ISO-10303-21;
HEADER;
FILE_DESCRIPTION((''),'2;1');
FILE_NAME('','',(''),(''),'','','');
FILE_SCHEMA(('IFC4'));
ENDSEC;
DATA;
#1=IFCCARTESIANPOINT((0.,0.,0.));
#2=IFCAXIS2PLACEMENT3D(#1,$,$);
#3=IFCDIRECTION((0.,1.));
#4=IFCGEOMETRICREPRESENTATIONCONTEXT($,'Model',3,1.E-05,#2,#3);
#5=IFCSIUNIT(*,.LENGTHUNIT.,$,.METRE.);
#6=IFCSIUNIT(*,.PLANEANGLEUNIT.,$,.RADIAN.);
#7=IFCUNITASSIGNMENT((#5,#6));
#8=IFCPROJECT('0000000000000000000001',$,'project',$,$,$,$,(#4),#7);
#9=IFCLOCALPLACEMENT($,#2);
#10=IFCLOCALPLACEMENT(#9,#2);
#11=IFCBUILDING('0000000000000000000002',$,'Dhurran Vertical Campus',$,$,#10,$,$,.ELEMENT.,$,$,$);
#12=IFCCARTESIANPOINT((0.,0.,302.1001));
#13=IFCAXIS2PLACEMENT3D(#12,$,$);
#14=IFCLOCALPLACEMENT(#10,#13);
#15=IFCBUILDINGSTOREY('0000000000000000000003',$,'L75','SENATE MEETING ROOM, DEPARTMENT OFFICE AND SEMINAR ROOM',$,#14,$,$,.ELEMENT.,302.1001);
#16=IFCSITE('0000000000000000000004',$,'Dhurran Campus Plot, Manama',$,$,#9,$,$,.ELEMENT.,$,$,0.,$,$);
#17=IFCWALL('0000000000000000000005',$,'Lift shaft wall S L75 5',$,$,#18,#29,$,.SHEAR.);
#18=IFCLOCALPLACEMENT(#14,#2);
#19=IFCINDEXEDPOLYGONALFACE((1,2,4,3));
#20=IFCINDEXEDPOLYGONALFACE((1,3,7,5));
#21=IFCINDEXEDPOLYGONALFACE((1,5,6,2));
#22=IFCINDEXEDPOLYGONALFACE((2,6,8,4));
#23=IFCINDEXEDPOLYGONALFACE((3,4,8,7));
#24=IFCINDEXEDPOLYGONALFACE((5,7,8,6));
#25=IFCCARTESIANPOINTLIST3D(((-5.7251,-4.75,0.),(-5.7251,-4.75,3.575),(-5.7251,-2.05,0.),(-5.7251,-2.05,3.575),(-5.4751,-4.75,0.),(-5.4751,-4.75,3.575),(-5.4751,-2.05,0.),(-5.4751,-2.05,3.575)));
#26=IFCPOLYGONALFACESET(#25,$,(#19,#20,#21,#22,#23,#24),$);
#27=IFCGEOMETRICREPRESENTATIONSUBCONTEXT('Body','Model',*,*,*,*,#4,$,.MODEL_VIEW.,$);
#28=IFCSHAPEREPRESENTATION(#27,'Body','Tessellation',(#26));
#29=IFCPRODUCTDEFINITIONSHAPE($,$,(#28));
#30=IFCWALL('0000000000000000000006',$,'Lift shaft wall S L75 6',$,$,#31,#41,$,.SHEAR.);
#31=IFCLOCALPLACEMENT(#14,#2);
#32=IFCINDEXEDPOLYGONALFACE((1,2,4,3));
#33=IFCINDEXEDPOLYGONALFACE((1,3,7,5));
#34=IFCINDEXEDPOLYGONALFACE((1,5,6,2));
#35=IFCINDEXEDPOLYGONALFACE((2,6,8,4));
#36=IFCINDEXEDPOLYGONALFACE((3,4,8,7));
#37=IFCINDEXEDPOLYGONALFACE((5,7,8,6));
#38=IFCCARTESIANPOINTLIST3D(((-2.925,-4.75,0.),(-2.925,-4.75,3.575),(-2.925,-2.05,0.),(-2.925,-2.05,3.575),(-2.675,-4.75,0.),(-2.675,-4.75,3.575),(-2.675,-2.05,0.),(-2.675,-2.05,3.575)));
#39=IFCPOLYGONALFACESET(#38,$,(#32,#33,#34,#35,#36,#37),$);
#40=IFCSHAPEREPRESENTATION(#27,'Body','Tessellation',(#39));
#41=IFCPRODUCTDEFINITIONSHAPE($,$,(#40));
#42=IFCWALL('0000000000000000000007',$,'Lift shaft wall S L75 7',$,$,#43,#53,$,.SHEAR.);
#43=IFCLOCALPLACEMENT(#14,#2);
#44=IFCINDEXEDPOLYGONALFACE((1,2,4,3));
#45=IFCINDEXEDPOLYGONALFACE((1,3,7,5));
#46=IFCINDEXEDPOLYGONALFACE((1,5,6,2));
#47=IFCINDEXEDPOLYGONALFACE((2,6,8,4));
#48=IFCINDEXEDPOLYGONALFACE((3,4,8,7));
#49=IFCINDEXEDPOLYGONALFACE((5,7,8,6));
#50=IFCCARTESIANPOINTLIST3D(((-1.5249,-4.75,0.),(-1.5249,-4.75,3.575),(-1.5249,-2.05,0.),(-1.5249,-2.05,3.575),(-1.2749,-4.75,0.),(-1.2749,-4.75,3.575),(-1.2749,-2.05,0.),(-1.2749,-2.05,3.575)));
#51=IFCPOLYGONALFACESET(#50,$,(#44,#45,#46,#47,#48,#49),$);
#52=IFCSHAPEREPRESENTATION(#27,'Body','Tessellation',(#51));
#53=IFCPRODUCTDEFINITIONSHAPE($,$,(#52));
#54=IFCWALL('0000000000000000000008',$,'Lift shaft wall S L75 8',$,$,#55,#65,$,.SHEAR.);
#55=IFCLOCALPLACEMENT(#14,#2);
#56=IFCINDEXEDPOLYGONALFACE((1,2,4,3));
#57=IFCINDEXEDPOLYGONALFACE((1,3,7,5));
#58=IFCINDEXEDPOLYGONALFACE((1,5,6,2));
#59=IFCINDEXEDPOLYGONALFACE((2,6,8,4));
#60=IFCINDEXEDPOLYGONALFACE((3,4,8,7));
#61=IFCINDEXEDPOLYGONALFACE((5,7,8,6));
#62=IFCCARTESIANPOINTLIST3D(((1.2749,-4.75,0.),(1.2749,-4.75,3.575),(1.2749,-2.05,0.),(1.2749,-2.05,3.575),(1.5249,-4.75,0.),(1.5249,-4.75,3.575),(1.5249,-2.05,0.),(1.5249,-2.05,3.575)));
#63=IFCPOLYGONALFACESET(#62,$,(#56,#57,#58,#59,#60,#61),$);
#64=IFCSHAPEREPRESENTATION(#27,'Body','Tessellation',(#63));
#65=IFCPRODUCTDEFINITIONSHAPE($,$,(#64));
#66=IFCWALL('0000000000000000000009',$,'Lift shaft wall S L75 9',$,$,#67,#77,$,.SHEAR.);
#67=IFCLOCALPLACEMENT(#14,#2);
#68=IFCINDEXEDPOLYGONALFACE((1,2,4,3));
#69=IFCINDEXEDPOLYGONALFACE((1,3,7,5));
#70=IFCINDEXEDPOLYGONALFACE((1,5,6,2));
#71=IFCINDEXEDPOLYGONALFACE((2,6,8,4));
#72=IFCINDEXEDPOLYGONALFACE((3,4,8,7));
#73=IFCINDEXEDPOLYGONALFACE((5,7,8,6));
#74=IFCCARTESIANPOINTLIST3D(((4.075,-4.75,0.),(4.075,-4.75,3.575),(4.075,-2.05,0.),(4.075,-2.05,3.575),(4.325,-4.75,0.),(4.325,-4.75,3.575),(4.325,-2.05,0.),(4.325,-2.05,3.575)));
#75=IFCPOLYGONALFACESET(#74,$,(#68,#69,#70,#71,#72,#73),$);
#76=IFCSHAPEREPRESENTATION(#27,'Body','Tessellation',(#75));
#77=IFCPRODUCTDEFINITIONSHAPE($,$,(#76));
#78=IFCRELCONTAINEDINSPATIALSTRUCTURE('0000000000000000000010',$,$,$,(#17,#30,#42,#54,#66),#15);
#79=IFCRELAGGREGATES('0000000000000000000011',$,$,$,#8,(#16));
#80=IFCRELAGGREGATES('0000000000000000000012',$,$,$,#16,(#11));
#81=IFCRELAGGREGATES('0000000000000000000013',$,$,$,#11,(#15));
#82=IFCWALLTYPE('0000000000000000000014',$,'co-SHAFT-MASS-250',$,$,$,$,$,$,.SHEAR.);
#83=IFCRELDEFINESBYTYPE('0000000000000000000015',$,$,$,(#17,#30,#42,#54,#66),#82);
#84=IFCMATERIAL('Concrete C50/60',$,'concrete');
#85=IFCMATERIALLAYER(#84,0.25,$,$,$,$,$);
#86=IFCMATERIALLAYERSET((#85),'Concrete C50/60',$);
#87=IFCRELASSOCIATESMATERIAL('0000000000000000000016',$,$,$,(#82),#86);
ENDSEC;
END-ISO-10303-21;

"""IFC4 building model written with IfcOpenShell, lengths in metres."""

from ifc_helpers import new_model, si_unit, direction, frame, origin, place, context, subcontext, project, spatial, polyline, outline, extrude, material, layer, layer_set, type_object, element, save


model = new_model("IFC4")

# Units and contexts
model_context = context("Model", 3, precision=1e-05, world=origin(), true_north=direction((0.0, 1.0)))
body_context = subcontext(model_context, "Body", "Model", "MODEL_VIEW")
ifc_project = project(units=[si_unit("LENGTHUNIT", "METRE"), si_unit("PLANEANGLEUNIT", "RADIAN")], contexts=[model_context])

# Site, building, storey
site_placement = place(None, origin())
site = spatial("IfcSite", under=ifc_project, at=site_placement, Name="Dhurran Campus Plot, Manama", CompositionType="ELEMENT", RefElevation=0.0)
building_placement = place(site_placement, origin())
building = spatial("IfcBuilding", under=site, at=building_placement, Name="Dhurran Vertical Campus", CompositionType="ELEMENT")
storey_placement = place(building_placement, frame((0.0, 0.0, 302.1001)))
storey = spatial("IfcBuildingStorey", under=building, at=storey_placement, Name="L75", Description="SENATE MEETING ROOM, DEPARTMENT OFFICE AND SEMINAR ROOM", CompositionType="ELEMENT", Elevation=302.1001)

# Walls
ifc_material_1 = material(Name="Concrete C50/60", Category="concrete")
ifc_layer_1 = layer(ifc_material_1, 0.25)
ifc_layer_set_1 = layer_set([ifc_layer_1], Name="Concrete C50/60")
wall_type_1 = type_object("IfcWallType", Name="co-SHAFT-MASS-250", PredefinedType="SHEAR", material=ifc_layer_set_1)
wall_1_placement = place(storey_placement, origin())
element("IfcWall", 1, at=wall_1_placement, inside=storey, type_object=wall_type_1, Name="Lift shaft wall S L75 5", PredefinedType="SHEAR", context=body_context, shape_type="SweptSolid", body=[
    extrude(outline(polyline([(-5.7251, -4.75), (-5.4751, -4.75), (-5.4751, -2.05), (-5.7251, -2.05), (-5.7251, -4.75)])), origin(), (0.0, 0.0, 1.0), 3.575),
])
wall_2_placement = place(storey_placement, origin())
element("IfcWall", 2, at=wall_2_placement, inside=storey, type_object=wall_type_1, Name="Lift shaft wall S L75 6", PredefinedType="SHEAR", context=body_context, shape_type="SweptSolid", body=[
    extrude(outline(polyline([(-2.925, -4.75), (-2.675, -4.75), (-2.675, -2.05), (-2.925, -2.05), (-2.925, -4.75)])), origin(), (0.0, 0.0, 1.0), 3.575),
])
wall_3_placement = place(storey_placement, origin())
element("IfcWall", 3, at=wall_3_placement, inside=storey, type_object=wall_type_1, Name="Lift shaft wall S L75 7", PredefinedType="SHEAR", context=body_context, shape_type="SweptSolid", body=[
    extrude(outline(polyline([(-1.5249, -4.75), (-1.2749, -4.75), (-1.2749, -2.05), (-1.5249, -2.05), (-1.5249, -4.75)])), origin(), (0.0, 0.0, 1.0), 3.575),
])
wall_4_placement = place(storey_placement, origin())
element("IfcWall", 4, at=wall_4_placement, inside=storey, type_object=wall_type_1, Name="Lift shaft wall S L75 8", PredefinedType="SHEAR", context=body_context, shape_type="SweptSolid", body=[
    extrude(outline(polyline([(1.2749, -4.75), (1.5249, -4.75), (1.5249, -2.05), (1.2749, -2.05), (1.2749, -4.75)])), origin(), (0.0, 0.0, 1.0), 3.575),
])
wall_5_placement = place(storey_placement, origin())
element("IfcWall", 5, at=wall_5_placement, inside=storey, type_object=wall_type_1, Name="Lift shaft wall S L75 9", PredefinedType="SHEAR", context=body_context, shape_type="SweptSolid", body=[
    extrude(outline(polyline([(4.075, -4.75), (4.325, -4.75), (4.325, -2.05), (4.075, -2.05), (4.075, -4.75)])), origin(), (0.0, 0.0, 1.0), 3.575),
])

save(model, "model.ifc")
